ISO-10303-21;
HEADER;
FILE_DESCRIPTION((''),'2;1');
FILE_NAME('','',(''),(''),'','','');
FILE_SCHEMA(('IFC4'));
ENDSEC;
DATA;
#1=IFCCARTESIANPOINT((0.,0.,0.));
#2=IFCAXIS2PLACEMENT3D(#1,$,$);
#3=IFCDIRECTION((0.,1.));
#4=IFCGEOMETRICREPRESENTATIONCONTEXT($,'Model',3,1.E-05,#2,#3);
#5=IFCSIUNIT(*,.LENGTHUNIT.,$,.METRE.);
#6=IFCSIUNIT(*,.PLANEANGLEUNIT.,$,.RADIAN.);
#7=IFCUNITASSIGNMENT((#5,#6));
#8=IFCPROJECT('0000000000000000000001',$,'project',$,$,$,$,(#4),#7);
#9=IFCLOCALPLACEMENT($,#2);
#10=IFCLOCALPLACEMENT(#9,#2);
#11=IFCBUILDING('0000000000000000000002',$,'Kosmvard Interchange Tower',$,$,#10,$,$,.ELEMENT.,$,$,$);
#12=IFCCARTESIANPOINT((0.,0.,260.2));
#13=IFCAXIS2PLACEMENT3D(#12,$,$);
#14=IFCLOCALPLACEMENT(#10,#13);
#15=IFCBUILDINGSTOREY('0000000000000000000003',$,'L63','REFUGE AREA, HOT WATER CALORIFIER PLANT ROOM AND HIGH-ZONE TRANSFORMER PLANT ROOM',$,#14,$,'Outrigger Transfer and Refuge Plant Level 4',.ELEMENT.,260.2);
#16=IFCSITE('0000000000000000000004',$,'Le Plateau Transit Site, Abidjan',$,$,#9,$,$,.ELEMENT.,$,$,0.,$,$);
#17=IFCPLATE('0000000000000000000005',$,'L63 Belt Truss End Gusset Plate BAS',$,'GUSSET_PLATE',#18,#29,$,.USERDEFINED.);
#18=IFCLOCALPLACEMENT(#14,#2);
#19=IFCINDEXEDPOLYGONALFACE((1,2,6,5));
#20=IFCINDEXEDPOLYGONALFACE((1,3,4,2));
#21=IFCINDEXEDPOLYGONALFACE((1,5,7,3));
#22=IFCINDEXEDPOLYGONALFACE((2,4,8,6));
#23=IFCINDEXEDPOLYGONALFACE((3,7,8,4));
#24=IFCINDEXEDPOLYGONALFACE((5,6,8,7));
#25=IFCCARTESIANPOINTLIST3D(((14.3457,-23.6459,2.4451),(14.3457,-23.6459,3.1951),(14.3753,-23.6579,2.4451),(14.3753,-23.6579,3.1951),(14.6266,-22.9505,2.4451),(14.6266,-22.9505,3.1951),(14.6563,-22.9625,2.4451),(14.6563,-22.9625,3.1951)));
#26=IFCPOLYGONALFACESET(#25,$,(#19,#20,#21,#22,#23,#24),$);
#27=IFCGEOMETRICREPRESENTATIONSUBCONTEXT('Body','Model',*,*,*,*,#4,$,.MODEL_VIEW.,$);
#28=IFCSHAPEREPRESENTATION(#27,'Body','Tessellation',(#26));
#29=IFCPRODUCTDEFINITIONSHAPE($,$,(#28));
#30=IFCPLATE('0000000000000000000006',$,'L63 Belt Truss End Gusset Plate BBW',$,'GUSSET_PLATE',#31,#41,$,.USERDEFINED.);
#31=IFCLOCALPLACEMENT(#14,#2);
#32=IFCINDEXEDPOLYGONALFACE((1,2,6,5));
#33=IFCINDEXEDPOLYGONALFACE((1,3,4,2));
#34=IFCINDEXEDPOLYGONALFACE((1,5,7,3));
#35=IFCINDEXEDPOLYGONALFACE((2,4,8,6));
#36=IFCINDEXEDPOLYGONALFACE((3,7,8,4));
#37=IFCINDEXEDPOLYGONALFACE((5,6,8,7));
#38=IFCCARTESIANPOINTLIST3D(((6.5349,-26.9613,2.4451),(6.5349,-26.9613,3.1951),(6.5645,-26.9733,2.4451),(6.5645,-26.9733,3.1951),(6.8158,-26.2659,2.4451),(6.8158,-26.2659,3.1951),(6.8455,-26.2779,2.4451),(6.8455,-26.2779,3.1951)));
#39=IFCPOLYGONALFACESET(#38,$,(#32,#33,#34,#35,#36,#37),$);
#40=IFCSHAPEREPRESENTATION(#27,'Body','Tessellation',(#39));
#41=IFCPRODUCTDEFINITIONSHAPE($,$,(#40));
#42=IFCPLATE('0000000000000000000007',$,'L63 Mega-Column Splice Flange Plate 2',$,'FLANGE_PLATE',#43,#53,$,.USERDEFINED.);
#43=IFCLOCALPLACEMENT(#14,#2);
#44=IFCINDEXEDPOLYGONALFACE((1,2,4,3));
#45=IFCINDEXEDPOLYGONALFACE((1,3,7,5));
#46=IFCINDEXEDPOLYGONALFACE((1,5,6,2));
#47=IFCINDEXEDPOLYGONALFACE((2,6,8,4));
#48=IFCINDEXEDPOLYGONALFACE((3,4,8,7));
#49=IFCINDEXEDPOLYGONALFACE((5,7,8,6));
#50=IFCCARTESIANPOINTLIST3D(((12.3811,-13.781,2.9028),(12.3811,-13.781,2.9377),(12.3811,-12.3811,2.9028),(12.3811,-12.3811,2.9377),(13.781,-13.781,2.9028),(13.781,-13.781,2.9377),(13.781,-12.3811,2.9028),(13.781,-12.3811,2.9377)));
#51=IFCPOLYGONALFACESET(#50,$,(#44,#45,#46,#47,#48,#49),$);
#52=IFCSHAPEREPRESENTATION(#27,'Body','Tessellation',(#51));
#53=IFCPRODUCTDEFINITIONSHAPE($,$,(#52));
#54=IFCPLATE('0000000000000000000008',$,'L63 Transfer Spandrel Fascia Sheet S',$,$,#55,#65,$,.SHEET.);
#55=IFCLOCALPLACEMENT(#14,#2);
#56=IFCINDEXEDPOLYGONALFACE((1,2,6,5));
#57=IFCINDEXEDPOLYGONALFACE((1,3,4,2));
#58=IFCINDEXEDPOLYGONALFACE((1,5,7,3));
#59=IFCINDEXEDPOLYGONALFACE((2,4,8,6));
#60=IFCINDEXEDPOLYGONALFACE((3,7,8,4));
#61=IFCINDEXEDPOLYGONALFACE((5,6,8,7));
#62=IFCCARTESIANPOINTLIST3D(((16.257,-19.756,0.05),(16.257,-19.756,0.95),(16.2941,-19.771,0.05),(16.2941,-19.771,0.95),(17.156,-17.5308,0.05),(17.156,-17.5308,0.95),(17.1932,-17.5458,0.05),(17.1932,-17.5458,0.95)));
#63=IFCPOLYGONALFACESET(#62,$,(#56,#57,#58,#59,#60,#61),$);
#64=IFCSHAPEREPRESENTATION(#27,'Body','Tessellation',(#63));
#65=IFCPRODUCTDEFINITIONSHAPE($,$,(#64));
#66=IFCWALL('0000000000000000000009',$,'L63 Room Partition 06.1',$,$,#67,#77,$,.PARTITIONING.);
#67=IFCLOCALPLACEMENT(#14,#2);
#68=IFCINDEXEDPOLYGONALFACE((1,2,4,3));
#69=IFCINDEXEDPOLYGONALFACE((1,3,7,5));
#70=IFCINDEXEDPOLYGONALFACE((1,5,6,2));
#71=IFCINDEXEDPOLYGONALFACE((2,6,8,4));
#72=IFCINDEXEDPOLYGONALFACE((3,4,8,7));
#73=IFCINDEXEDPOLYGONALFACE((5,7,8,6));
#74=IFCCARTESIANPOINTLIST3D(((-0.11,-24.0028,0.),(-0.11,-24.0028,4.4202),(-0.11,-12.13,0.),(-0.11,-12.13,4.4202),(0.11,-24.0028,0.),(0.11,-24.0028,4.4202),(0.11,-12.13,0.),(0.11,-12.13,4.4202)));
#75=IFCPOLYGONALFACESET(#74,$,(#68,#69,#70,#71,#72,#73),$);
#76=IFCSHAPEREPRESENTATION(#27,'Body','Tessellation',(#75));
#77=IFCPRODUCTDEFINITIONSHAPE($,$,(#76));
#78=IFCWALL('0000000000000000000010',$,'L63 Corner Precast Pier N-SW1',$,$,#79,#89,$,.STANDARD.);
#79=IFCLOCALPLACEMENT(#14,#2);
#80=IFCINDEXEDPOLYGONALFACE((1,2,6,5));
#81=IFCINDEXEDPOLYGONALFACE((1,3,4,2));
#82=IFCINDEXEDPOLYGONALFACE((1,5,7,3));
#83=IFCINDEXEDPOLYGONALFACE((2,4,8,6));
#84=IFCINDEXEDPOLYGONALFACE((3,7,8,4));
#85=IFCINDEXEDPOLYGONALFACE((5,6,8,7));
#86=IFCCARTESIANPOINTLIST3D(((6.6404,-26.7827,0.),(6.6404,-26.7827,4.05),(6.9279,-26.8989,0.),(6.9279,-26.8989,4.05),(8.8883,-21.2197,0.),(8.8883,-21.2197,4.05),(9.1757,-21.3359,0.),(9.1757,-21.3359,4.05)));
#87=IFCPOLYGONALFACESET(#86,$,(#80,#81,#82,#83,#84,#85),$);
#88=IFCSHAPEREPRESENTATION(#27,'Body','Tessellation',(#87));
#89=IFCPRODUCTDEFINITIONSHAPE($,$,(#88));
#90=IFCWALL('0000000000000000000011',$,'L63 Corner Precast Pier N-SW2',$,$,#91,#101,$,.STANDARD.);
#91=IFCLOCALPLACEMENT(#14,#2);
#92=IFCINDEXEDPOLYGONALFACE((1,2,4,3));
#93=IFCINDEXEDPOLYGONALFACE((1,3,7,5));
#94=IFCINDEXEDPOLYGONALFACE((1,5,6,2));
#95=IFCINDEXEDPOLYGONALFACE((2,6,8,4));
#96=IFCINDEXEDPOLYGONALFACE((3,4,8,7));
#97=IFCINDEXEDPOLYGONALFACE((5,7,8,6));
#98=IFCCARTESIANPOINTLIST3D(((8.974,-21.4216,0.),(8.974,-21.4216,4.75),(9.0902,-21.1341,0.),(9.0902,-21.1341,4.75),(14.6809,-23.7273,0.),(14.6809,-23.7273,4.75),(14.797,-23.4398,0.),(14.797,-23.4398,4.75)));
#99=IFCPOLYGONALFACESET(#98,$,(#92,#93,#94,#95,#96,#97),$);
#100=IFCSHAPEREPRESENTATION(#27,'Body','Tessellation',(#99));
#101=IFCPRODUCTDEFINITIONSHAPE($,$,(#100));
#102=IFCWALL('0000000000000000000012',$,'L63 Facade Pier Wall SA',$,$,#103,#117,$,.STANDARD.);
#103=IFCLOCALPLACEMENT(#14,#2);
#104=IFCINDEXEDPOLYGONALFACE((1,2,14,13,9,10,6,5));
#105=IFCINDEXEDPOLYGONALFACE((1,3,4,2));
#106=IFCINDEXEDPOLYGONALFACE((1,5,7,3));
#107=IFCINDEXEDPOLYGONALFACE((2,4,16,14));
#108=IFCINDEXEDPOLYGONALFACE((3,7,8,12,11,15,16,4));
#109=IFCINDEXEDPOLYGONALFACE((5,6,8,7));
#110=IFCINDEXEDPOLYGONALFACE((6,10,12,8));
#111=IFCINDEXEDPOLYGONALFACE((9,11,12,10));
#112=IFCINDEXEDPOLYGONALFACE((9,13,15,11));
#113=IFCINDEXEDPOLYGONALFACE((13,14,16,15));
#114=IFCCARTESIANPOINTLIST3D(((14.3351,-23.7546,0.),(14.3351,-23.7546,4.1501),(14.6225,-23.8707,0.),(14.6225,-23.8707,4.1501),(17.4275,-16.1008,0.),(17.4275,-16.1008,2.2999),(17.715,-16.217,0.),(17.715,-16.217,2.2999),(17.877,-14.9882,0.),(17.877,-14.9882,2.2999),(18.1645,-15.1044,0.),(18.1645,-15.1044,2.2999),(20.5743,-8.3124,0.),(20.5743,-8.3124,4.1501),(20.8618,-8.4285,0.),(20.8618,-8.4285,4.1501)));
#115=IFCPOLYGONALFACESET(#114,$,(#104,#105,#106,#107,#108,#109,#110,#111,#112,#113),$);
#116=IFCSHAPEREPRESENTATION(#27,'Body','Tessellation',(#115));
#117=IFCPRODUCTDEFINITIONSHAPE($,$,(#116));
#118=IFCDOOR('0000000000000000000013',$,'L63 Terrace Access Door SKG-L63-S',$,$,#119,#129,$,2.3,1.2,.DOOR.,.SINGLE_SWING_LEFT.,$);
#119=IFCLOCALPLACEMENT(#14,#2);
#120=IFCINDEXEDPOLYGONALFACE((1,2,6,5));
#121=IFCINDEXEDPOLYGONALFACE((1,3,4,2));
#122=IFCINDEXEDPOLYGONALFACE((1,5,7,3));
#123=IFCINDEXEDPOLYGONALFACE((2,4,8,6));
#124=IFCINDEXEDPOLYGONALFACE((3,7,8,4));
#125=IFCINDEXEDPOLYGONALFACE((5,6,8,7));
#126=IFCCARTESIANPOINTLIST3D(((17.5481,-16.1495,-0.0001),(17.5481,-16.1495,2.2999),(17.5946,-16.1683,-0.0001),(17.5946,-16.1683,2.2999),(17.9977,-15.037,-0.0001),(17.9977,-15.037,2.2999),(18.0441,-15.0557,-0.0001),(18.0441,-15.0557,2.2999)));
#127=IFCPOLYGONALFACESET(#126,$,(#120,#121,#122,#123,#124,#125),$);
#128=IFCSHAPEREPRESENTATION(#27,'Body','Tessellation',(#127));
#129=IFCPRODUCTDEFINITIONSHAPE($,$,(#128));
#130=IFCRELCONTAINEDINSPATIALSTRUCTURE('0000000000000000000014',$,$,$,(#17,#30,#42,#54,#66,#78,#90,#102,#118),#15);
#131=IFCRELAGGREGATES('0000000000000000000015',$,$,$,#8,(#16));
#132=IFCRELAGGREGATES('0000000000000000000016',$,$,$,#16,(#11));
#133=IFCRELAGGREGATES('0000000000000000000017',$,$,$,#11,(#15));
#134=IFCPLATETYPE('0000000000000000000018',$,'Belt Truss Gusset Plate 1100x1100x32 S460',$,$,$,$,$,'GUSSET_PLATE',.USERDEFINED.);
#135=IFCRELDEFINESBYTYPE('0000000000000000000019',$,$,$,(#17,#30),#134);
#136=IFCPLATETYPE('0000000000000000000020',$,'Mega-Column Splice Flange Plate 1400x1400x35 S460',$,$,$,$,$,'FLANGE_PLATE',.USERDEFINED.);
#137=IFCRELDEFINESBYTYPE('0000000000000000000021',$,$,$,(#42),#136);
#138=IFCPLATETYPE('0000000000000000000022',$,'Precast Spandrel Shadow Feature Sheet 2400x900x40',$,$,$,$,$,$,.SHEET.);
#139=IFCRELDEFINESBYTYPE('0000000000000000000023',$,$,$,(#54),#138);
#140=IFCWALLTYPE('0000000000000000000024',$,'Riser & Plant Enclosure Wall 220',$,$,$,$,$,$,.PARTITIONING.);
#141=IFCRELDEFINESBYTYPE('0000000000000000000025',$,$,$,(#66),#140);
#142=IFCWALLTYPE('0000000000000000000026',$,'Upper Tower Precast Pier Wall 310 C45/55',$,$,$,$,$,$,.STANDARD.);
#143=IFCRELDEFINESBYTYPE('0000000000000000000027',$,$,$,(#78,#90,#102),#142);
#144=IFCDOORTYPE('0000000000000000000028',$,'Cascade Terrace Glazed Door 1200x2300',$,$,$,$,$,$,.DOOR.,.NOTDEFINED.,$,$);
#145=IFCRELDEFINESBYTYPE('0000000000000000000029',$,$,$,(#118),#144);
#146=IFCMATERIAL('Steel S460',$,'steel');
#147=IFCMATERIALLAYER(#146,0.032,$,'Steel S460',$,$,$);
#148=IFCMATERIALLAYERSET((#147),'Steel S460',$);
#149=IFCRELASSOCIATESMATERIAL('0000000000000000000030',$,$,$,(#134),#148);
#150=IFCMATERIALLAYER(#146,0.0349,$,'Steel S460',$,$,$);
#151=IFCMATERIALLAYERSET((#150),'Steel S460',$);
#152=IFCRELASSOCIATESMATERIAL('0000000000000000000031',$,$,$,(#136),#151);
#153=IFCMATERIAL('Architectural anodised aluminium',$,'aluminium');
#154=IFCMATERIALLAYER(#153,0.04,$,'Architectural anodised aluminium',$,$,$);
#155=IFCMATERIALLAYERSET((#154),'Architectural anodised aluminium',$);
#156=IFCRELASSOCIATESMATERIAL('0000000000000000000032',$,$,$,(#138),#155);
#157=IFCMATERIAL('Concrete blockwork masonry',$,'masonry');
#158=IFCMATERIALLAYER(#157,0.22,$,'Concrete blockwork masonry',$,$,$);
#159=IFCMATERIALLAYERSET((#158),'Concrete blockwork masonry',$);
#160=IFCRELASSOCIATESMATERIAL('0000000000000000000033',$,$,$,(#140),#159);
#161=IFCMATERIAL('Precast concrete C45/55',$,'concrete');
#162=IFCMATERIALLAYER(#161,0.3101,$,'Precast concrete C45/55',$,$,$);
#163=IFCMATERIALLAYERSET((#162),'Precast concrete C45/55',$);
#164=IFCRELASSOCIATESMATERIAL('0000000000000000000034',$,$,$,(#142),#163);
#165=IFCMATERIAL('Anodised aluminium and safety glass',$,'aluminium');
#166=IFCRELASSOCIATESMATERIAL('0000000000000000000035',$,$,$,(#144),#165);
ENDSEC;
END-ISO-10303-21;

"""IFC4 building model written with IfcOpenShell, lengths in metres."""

from ifc_helpers import new_model, si_unit, direction, frame, frame_2d, origin, origin_2d, place, context, subcontext, project, spatial, rectangle, extrude, source, transform, mapped, material, layer, layer_set, type_object, element, fill, save


model = new_model("IFC4")

# Units and contexts
model_context = context("Model", 3, precision=1e-05, world=origin(), true_north=direction((0.0, 1.0)))
body_context = subcontext(model_context, "Body", "Model", "MODEL_VIEW")
ifc_project = project(units=[si_unit("LENGTHUNIT", "METRE"), si_unit("PLANEANGLEUNIT", "RADIAN")], contexts=[model_context])

# Site, building, storey
site_placement = place(None, origin())
site = spatial("IfcSite", under=ifc_project, at=site_placement, Name="Le Plateau Transit Site, Abidjan", CompositionType="ELEMENT", RefElevation=0.0)
building_placement = place(site_placement, origin())
building = spatial("IfcBuilding", under=site, at=building_placement, Name="Kosmvard Interchange Tower", CompositionType="ELEMENT")
storey_placement = place(building_placement, frame((0.0, 0.0, 260.2)))
storey = spatial("IfcBuildingStorey", under=building, at=storey_placement, Name="L63", Description="REFUGE AREA, HOT WATER CALORIFIER PLANT ROOM AND HIGH-ZONE TRANSFORMER PLANT ROOM", LongName="Outrigger Transfer and Refuge Plant Level 4", CompositionType="ELEMENT", Elevation=260.2)

# Shared definitions
ifc_material_1 = material(Name="Steel S460", Category="steel")

# Plates
ifc_layer_1 = layer(ifc_material_1, 0.032, Name="Steel S460")
ifc_layer_set_1 = layer_set([ifc_layer_1], Name="Steel S460")
plate_type_1 = type_object("IfcPlateType", Name="Belt Truss Gusset Plate 1100x1100x32 S460", ElementType="GUSSET_PLATE", PredefinedType="USERDEFINED", material=ifc_layer_set_1)
shared_shape_1 = source(origin(), body_context, "Body", "SweptSolid", [
    extrude(rectangle(XDim=0.75, YDim=0.032, at=origin_2d()), origin(), (0.0, 0.0, 1.0), 0.75),
])
for number, where, z_axis, x_axis, name in (
    (1, (14.501, -23.3042, 2.4451), (0.0, 0.0, 1.0), (0.374607, 0.927184, 0.0), "L63 Belt Truss End Gusset Plate BAS"),
    (2, (6.6902, -26.6196, 2.4451), (0.0, 0.0, 1.0), (0.374607, 0.927184, 0.0), "L63 Belt Truss End Gusset Plate BBW"),
):
    element("IfcPlate", number, at=place(storey_placement, frame(where, z_axis=z_axis, x_axis=x_axis)), inside=storey, type_object=plate_type_1, Name=name, ObjectType="GUSSET_PLATE", PredefinedType="USERDEFINED", context=body_context, shape_type="MappedRepresentation", body=[
        mapped(shared_shape_1, transform((0.0, 0.0, 0.0), scale=1.0)),
    ])
ifc_layer_2 = layer(ifc_material_1, 0.0349, Name="Steel S460")
ifc_layer_set_2 = layer_set([ifc_layer_2], Name="Steel S460")
plate_type_2 = type_object("IfcPlateType", Name="Mega-Column Splice Flange Plate 1400x1400x35 S460", ElementType="FLANGE_PLATE", PredefinedType="USERDEFINED", material=ifc_layer_set_2)
shared_shape_2 = source(origin(), body_context, "Body", "SweptSolid", [
    extrude(rectangle(XDim=1.3999, YDim=1.3999, at=origin_2d()), origin(), (0.0, 0.0, 1.0), 0.0349),
])
plate_1_placement = place(storey_placement, frame((13.0811, -13.0811, 2.9028), z_axis=(0.0, 0.0, 1.0), x_axis=(1.0, 0.0, 0.0)))
element("IfcPlate", 3, at=plate_1_placement, inside=storey, type_object=plate_type_2, Name="L63 Mega-Column Splice Flange Plate 2", ObjectType="FLANGE_PLATE", PredefinedType="USERDEFINED", context=body_context, shape_type="MappedRepresentation", body=[
    mapped(shared_shape_2, transform((0.0, 0.0, 0.0), scale=1.0)),
])
ifc_material_2 = material(Name="Architectural anodised aluminium", Category="aluminium")
ifc_layer_3 = layer(ifc_material_2, 0.04, Name="Architectural anodised aluminium")
ifc_layer_set_3 = layer_set([ifc_layer_3], Name="Architectural anodised aluminium")
plate_type_3 = type_object("IfcPlateType", Name="Precast Spandrel Shadow Feature Sheet 2400x900x40", PredefinedType="SHEET", material=ifc_layer_set_3)
shared_shape_3 = source(origin(), body_context, "Body", "SweptSolid", [
    extrude(rectangle(XDim=0.04, YDim=2.3999, at=origin_2d()), origin(), (0.0, 0.0, 1.0), 0.8999),
])
plate_2_placement = place(storey_placement, frame((16.7251, -18.6509, 0.05), z_axis=(0.0, 0.0, 1.0), x_axis=(0.927184, -0.374607, 0.0)))
element("IfcPlate", 4, at=plate_2_placement, inside=storey, type_object=plate_type_3, Name="L63 Transfer Spandrel Fascia Sheet S", PredefinedType="SHEET", context=body_context, shape_type="MappedRepresentation", body=[
    mapped(shared_shape_3, transform((0.0, 0.0, 0.0), scale=1.0)),
])

# Walls
ifc_material_3 = material(Name="Concrete blockwork masonry", Category="masonry")
ifc_layer_4 = layer(ifc_material_3, 0.22, Name="Concrete blockwork masonry")
ifc_layer_set_4 = layer_set([ifc_layer_4], Name="Concrete blockwork masonry")
wall_type_1 = type_object("IfcWallType", Name="Riser & Plant Enclosure Wall 220", PredefinedType="PARTITIONING", material=ifc_layer_set_4)
wall_1_placement = place(storey_placement, frame((0.0, -12.1299, 0.0), z_axis=(0.0, 0.0, 1.0), x_axis=(0.0, -1.0, 0.0)))
element("IfcWall", 5, at=wall_1_placement, inside=storey, type_object=wall_type_1, Name="L63 Room Partition 06.1", PredefinedType="PARTITIONING", context=body_context, shape_type="SweptSolid", body=[
    extrude(rectangle(XDim=11.8728, YDim=0.22, at=frame_2d((5.9365, 0.0))), origin(), (0.0, 0.0, 1.0), 4.4202),
])
ifc_material_4 = material(Name="Precast concrete C45/55", Category="concrete")
ifc_layer_5 = layer(ifc_material_4, 0.3101, Name="Precast concrete C45/55")
ifc_layer_set_5 = layer_set([ifc_layer_5], Name="Precast concrete C45/55")
wall_type_2 = type_object("IfcWallType", Name="Upper Tower Precast Pier Wall 310 C45/55", PredefinedType="STANDARD", material=ifc_layer_set_5)
wall_2_placement = place(storey_placement, frame((6.7842, -26.8408, 0.0), z_axis=(0.0, 0.0, 1.0), x_axis=(0.374637, 0.927172, 0.0)))
element("IfcWall", 6, at=wall_2_placement, inside=storey, type_object=wall_type_2, Name="L63 Corner Precast Pier N-SW1", PredefinedType="STANDARD", context=body_context, shape_type="SweptSolid", body=[
    extrude(rectangle(XDim=6.0, YDim=0.3101, at=frame_2d((3.0, 0.0))), origin(), (0.0, 0.0, 1.0), 4.05),
])
wall_3_placement = place(storey_placement, frame((9.032, -21.2778, 0.0), z_axis=(0.0, 0.0, 1.0), x_axis=(0.927185, -0.374603, 0.0)))
element("IfcWall", 7, at=wall_3_placement, inside=storey, type_object=wall_type_2, Name="L63 Corner Precast Pier N-SW2", PredefinedType="STANDARD", context=body_context, shape_type="SweptSolid", body=[
    extrude(rectangle(XDim=6.155, YDim=0.3101, at=frame_2d((3.0776, 0.0))), origin(), (0.0, 0.0, 1.0), 4.75),
])

# Wall, opening, door
wall_4_placement = place(storey_placement, frame((14.4788, -23.8127, 0.0), z_axis=(0.0, 0.0, 1.0), x_axis=(0.374618, 0.927179, 0.0)))
wall_4 = element("IfcWall", 8, at=wall_4_placement, inside=storey, type_object=wall_type_2, Name="L63 Facade Pier Wall SA", PredefinedType="STANDARD", context=body_context, shape_type="SweptSolid", body=[
    extrude(rectangle(XDim=16.655, YDim=0.3101, at=frame_2d((8.3276, 0.0))), origin(), (0.0, 0.0, 1.0), 4.1501),
])
opening_placement = place(wall_4_placement, frame((8.2549, 0.0, 0.0)))
opening = element("IfcOpeningElement", 9, at=opening_placement, cuts=wall_4, PredefinedType="OPENING", context=body_context, shape_type="SweptSolid", body=[
    extrude(rectangle(XDim=1.2, YDim=2.3, at=frame_2d((0.6001, 1.1499))), frame((0.0, 0.165, 0.0), z_axis=(0.0, -1.0, 0.0), x_axis=(1.0, 0.0, 0.0)), (0.0, 0.0, 1.0), 0.3301),
])
ifc_material_5 = material(Name="Anodised aluminium and safety glass", Category="aluminium")
door_type = type_object("IfcDoorType", Name="Cascade Terrace Glazed Door 1200x2300", OperationType="NOTDEFINED", PredefinedType="DOOR", material=ifc_material_5)
shared_shape_4 = source(origin(), body_context, "Body", "SweptSolid", [
    extrude(rectangle(XDim=1.2, YDim=2.3, at=frame_2d((0.6001, 1.1499))), frame((0.0, 0.0249, 0.0), z_axis=(0.0, -1.0, 0.0), x_axis=(1.0, 0.0, 0.0)), (0.0, 0.0, 1.0), 0.05),
])
door_placement = place(opening_placement, origin())
door = element("IfcDoor", 10, at=door_placement, inside=storey, type_object=door_type, Name="L63 Terrace Access Door SKG-L63-S", OperationType="SINGLE_SWING_LEFT", OverallHeight=2.3, OverallWidth=1.2, PredefinedType="DOOR", context=body_context, shape_type="MappedRepresentation", body=[
    mapped(shared_shape_4, transform((0.0, 0.0, 0.0), scale=1.0)),
])
fill(opening, door)

save(model, "model.ifc")
